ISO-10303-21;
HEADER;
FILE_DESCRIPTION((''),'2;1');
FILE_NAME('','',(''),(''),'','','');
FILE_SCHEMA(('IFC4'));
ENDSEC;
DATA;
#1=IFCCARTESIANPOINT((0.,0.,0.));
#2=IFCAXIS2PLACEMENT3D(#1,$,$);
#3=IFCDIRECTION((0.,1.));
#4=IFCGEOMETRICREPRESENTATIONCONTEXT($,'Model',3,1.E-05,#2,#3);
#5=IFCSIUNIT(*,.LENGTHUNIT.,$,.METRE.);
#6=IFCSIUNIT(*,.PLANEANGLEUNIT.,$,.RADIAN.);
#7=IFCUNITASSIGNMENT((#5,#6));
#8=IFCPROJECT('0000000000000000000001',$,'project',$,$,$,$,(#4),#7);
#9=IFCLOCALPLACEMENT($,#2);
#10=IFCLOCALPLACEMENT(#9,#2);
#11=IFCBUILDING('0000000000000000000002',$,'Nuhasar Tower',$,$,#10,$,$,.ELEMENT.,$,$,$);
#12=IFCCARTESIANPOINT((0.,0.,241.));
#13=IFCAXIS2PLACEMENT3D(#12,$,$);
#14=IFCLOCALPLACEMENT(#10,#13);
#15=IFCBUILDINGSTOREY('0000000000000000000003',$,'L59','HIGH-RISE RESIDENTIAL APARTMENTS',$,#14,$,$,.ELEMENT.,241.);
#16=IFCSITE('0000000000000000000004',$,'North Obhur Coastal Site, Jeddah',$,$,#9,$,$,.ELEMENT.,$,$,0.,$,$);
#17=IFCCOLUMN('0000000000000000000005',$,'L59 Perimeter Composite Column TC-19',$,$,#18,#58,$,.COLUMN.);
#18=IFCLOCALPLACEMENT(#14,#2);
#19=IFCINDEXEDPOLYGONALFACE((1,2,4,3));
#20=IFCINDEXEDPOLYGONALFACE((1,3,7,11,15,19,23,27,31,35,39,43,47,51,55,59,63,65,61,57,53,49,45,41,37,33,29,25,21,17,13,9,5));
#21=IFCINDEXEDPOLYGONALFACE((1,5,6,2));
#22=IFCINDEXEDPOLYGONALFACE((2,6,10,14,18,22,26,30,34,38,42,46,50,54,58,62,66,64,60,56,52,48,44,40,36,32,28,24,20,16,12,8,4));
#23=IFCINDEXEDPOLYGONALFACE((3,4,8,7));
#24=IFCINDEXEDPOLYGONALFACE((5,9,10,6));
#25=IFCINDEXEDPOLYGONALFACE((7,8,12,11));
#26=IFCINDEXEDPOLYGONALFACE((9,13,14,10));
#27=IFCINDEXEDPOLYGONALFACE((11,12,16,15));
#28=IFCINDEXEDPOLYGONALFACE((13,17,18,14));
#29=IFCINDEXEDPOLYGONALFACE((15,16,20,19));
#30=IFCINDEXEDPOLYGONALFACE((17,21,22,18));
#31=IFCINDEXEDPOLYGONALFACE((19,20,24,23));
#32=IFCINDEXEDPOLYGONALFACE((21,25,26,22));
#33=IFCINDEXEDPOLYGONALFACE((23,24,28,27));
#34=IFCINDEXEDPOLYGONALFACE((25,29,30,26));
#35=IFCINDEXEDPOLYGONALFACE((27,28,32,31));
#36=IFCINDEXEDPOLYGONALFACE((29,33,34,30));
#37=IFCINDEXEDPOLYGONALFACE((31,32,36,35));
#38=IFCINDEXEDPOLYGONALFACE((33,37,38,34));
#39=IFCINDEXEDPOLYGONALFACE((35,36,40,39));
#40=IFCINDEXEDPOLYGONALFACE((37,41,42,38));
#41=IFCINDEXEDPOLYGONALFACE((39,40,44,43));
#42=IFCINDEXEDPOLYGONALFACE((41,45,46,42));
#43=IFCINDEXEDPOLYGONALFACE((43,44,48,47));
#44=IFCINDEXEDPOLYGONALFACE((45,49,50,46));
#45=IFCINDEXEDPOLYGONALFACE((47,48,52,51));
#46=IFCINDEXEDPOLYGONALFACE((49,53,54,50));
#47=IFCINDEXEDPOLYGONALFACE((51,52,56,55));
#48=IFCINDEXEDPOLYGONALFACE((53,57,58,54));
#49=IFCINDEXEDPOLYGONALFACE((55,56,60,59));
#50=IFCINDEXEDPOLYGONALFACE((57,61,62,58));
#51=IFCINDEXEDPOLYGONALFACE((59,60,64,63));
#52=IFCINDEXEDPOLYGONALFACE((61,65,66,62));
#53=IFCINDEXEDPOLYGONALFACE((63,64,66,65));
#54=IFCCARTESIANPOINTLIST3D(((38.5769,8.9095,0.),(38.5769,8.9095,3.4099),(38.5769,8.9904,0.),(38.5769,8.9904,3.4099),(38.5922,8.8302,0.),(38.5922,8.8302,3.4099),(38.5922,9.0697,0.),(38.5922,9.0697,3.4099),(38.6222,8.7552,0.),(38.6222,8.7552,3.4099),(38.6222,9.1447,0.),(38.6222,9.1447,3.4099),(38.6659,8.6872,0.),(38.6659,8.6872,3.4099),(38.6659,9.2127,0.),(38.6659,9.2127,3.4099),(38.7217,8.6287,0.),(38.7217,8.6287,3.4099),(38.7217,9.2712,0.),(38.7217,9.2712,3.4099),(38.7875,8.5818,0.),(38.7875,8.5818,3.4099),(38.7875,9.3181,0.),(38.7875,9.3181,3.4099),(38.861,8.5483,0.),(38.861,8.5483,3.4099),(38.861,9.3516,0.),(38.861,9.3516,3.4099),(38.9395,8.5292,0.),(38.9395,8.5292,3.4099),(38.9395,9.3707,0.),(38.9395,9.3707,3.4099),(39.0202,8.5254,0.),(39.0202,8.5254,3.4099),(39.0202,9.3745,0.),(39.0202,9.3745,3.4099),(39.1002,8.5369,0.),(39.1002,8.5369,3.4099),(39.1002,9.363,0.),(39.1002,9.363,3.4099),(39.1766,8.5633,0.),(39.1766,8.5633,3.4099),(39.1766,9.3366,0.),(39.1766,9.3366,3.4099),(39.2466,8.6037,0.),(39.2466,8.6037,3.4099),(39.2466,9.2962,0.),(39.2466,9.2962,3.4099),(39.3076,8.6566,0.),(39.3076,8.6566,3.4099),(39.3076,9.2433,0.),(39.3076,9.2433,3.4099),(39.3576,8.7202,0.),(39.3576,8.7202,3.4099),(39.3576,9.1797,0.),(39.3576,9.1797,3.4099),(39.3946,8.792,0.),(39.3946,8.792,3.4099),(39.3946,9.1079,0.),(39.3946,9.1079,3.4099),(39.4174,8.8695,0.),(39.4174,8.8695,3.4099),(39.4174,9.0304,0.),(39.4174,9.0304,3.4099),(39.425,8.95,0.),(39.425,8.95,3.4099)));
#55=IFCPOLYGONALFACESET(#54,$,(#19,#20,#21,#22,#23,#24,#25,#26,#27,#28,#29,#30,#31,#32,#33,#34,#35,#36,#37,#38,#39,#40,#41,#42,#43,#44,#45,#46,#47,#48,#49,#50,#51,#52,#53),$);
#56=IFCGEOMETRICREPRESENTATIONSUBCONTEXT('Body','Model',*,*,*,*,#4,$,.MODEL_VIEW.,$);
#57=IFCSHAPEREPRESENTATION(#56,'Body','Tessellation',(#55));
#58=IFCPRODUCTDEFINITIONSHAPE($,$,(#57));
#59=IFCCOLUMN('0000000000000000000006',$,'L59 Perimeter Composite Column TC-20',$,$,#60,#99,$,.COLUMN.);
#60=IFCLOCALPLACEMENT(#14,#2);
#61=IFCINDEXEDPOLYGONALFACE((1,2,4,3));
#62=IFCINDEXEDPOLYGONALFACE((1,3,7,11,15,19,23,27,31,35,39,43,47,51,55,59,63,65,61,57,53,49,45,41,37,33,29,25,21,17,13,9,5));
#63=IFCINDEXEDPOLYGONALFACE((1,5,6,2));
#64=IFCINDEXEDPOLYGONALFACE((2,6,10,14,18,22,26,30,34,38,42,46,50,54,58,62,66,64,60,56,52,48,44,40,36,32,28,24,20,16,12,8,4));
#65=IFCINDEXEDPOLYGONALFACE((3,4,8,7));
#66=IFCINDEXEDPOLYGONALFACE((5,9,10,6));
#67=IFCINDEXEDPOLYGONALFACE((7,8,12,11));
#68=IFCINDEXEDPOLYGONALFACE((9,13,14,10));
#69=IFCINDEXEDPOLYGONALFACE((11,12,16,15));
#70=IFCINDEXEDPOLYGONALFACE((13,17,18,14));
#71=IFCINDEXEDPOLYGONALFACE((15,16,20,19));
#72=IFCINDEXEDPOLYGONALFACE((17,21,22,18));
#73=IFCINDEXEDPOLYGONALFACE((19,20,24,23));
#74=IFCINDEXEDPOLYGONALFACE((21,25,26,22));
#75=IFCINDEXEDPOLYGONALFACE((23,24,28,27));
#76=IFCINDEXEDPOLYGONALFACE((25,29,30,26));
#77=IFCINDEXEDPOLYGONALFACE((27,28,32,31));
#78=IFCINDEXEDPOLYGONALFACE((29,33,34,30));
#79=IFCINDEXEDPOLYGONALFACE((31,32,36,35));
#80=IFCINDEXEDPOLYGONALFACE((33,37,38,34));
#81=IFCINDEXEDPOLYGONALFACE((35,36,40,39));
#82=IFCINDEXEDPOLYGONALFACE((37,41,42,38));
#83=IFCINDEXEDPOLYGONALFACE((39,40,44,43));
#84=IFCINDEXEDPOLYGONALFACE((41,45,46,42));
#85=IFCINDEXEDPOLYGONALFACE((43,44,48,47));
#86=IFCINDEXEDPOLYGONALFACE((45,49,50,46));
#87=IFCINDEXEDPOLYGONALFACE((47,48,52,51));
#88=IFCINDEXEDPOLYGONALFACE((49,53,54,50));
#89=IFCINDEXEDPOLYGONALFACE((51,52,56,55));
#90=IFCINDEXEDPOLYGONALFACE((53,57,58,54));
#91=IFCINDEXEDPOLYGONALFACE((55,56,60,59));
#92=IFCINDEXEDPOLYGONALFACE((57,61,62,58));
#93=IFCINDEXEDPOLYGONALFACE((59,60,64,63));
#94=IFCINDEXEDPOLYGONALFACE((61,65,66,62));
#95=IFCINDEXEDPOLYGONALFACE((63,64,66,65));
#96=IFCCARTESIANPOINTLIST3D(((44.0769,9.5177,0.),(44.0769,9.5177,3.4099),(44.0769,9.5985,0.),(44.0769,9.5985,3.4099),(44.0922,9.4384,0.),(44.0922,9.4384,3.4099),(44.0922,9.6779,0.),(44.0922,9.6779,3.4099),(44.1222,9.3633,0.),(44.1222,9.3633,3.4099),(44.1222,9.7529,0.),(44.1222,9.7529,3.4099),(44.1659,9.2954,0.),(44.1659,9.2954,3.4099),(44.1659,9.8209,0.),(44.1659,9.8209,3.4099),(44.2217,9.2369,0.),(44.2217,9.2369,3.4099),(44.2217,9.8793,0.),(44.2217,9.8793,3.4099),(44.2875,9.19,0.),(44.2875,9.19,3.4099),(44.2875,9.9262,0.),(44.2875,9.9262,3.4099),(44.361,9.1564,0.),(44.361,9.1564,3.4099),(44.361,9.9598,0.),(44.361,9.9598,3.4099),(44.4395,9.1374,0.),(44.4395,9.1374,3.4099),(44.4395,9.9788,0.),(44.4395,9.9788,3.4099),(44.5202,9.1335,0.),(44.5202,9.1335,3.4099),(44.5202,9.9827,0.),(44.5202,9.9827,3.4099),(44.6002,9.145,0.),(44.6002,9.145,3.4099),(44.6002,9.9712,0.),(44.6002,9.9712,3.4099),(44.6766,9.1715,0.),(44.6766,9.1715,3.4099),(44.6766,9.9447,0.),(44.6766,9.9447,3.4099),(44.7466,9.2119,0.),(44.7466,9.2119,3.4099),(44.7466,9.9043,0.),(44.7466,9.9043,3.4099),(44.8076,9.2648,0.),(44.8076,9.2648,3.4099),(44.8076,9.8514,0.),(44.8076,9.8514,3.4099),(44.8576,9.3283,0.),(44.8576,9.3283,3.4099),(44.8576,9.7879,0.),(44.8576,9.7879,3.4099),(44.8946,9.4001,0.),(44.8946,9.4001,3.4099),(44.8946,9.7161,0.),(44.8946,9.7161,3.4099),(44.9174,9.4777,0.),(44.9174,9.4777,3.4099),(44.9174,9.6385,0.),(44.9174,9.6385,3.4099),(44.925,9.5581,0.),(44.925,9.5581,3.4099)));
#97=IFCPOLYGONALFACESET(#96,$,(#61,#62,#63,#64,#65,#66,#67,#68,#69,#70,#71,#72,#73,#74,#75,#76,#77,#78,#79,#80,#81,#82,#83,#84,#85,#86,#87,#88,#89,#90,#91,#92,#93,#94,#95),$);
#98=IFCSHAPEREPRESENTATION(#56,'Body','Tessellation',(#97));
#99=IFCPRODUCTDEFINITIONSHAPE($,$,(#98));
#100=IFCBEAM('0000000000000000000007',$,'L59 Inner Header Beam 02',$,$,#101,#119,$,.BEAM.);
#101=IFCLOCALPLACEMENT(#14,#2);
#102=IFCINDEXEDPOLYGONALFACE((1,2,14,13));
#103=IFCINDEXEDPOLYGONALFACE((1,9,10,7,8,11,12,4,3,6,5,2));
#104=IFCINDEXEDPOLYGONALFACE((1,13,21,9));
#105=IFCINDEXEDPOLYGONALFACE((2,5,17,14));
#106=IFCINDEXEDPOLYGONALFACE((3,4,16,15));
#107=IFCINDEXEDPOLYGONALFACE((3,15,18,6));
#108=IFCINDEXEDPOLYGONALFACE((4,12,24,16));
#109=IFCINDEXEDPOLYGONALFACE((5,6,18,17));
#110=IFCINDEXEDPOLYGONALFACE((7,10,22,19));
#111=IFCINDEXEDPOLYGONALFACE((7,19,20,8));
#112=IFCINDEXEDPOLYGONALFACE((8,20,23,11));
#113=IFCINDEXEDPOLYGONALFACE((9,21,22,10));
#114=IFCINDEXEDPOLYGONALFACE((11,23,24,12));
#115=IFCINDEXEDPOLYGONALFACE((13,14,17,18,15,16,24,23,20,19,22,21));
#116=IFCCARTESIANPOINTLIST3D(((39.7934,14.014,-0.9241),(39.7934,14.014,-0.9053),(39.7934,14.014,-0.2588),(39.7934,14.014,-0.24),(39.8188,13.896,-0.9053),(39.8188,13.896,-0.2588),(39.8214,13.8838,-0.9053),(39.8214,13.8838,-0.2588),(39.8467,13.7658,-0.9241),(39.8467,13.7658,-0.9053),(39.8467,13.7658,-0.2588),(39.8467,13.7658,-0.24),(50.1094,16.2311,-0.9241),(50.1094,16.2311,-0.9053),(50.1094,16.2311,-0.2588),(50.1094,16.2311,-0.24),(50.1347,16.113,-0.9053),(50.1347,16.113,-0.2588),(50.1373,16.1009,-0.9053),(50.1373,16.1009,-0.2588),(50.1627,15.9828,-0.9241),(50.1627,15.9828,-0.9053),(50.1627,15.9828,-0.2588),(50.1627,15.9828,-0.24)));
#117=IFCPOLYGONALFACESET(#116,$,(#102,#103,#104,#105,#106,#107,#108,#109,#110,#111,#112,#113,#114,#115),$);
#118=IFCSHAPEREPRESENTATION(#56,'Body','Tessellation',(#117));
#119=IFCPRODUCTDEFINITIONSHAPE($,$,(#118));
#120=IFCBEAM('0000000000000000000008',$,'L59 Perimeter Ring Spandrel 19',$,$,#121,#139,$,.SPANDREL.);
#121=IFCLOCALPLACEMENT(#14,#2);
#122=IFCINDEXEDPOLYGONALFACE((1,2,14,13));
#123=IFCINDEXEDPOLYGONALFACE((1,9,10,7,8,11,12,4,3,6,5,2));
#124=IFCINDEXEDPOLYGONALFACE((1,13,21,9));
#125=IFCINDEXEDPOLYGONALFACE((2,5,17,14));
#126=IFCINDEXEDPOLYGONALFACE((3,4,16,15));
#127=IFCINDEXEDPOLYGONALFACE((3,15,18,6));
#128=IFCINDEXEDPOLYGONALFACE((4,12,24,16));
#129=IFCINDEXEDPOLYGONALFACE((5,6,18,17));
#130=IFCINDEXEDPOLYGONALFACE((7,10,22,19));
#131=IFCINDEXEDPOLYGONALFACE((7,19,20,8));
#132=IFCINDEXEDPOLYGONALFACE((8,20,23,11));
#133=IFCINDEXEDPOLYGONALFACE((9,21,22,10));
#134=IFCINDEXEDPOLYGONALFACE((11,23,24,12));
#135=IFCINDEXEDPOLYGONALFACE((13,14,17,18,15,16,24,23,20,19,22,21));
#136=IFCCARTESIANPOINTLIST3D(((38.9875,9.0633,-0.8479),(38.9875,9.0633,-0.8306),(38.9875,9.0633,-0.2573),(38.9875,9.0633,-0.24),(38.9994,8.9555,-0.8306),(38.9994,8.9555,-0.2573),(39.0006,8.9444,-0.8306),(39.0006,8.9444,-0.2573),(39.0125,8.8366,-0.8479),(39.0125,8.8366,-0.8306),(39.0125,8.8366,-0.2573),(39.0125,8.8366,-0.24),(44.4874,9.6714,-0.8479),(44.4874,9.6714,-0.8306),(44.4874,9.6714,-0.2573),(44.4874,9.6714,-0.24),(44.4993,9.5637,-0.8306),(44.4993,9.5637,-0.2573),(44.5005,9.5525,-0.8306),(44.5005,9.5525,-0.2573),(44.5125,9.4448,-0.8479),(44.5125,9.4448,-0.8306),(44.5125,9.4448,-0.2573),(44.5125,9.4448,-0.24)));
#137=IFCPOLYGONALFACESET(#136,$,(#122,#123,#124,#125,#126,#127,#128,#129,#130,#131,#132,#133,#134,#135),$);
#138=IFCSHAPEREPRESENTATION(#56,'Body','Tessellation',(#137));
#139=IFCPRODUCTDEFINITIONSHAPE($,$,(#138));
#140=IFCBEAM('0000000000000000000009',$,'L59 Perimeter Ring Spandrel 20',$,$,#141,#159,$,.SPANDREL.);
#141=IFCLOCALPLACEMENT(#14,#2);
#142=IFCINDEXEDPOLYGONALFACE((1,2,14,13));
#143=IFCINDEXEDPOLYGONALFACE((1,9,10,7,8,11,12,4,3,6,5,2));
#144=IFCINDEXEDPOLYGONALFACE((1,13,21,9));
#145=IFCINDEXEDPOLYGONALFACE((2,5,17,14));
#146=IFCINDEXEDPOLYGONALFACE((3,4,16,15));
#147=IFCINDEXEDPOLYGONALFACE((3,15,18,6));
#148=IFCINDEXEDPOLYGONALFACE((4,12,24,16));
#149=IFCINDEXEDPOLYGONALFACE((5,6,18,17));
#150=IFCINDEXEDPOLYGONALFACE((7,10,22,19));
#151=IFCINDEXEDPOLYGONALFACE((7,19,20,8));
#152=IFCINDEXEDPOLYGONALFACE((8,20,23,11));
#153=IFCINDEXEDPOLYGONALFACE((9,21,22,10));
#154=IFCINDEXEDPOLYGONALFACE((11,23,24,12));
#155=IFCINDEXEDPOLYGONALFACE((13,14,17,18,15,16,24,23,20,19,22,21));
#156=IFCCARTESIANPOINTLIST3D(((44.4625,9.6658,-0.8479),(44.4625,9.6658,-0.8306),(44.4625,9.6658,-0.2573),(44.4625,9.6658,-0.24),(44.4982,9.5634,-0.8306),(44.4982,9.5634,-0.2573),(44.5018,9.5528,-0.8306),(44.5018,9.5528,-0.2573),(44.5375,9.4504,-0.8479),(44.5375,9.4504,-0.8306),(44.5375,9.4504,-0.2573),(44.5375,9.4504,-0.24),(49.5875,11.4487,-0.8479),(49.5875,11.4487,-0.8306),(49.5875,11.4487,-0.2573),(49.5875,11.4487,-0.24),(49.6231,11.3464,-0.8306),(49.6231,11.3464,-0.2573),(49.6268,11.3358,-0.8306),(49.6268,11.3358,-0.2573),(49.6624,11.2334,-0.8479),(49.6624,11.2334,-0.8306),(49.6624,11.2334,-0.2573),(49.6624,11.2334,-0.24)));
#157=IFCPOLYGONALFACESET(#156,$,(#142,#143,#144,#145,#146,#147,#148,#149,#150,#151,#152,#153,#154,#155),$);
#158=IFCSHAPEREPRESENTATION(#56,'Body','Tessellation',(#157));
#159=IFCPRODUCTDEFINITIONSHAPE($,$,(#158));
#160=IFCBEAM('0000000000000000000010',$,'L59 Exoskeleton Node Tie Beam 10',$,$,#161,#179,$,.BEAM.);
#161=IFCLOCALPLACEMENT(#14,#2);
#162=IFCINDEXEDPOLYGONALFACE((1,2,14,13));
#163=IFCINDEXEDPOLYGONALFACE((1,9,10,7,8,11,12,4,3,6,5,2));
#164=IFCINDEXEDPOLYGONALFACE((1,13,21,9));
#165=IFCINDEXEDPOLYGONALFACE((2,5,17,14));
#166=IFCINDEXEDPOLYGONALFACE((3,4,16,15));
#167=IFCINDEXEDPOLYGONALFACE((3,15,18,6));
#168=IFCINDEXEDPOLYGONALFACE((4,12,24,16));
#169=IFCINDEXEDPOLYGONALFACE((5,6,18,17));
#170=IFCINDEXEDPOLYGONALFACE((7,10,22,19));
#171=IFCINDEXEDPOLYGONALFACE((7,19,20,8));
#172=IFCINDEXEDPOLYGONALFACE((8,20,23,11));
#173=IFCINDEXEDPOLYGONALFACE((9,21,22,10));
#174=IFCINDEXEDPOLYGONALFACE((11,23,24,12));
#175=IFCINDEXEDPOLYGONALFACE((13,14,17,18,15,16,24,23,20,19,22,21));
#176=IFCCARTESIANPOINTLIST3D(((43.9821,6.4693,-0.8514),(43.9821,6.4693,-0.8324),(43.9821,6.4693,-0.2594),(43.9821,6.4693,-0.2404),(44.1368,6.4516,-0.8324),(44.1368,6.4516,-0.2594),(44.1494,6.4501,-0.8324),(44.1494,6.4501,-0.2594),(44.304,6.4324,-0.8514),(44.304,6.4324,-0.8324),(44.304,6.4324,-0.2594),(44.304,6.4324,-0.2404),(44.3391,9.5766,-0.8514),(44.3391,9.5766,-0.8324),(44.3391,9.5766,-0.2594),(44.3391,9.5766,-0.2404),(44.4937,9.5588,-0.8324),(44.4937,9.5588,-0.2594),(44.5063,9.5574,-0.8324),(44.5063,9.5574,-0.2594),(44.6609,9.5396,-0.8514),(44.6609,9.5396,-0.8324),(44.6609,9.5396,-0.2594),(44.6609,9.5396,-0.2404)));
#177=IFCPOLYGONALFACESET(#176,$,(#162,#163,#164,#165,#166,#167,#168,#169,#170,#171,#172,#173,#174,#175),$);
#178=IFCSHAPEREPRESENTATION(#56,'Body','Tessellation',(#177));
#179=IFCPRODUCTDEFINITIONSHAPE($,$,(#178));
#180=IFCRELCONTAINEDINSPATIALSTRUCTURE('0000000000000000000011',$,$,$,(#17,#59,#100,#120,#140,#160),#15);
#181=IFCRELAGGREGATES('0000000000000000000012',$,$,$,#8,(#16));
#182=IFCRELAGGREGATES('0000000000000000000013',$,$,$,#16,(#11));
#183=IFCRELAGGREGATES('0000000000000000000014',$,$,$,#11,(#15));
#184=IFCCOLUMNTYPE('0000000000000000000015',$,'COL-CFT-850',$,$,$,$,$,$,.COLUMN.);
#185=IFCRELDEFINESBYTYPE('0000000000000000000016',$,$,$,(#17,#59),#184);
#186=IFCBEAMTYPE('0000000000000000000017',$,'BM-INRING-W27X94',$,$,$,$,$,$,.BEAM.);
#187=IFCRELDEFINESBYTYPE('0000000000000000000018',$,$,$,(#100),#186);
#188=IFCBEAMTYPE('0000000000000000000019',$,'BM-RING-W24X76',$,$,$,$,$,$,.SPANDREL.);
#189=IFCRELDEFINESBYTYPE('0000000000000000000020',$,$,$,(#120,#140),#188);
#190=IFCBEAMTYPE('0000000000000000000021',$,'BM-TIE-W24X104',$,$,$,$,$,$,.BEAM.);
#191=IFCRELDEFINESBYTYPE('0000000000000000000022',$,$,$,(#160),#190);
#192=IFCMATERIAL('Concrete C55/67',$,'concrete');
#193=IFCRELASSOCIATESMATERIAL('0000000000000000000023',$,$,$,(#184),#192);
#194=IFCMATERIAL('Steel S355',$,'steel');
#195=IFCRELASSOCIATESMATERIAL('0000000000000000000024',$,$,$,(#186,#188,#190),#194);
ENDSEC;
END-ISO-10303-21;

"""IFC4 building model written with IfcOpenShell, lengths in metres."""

from ifc_helpers import new_model, si_unit, direction, frame, origin, origin_2d, place, context, subcontext, project, spatial, circle, i_section, extrude, material, material_profile, profile_set, type_object, element, save


model = new_model("IFC4")

# Units and contexts
model_context = context("Model", 3, precision=1e-05, world=origin(), true_north=direction((0.0, 1.0)))
body_context = subcontext(model_context, "Body", "Model", "MODEL_VIEW")
ifc_project = project(units=[si_unit("LENGTHUNIT", "METRE"), si_unit("PLANEANGLEUNIT", "RADIAN")], contexts=[model_context])

# Site, building, storey
site_placement = place(None, origin())
site = spatial("IfcSite", under=ifc_project, at=site_placement, Name="North Obhur Coastal Site, Jeddah", CompositionType="ELEMENT", RefElevation=0.0)
building_placement = place(site_placement, origin())
building = spatial("IfcBuilding", under=site, at=building_placement, Name="Nuhasar Tower", CompositionType="ELEMENT")
storey_placement = place(building_placement, frame((0.0, 0.0, 241.0)))
storey = spatial("IfcBuildingStorey", under=building, at=storey_placement, Name="L59", Description="HIGH-RISE RESIDENTIAL APARTMENTS", CompositionType="ELEMENT", Elevation=241.0)

# Columns
ifc_material_1 = material(Name="Concrete C55/67", Category="concrete")
ifc_material_profile_1 = material_profile(ifc_material_1, circle(Radius=0.425, at=origin_2d()), Name="CFT850")
ifc_profile_set_1 = profile_set([ifc_material_profile_1], Name="Concrete C55/67")
column_type = type_object("IfcColumnType", Name="COL-CFT-850", PredefinedType="COLUMN", material=ifc_profile_set_1)
for number, where, z_axis, x_axis, name in (
    (1, (39.0, 8.95, 0.0), (0.0, 0.0, 1.0), (1.0, 0.0, 0.0), "L59 Perimeter Composite Column TC-19"),
    (2, (44.5, 9.5581, 0.0), (0.0, 0.0, 1.0), (1.0, 0.0, 0.0), "L59 Perimeter Composite Column TC-20"),
):
    element("IfcColumn", number, at=place(storey_placement, frame(where, z_axis=z_axis, x_axis=x_axis)), inside=storey, type_object=column_type, Name=name, PredefinedType="COLUMN", context=body_context, shape_type="SweptSolid", body=[
        extrude(circle(Radius=0.425, at=origin_2d()), origin(), (0.0, 0.0, 1.0), 3.4099),
    ])

# Beams
ifc_material_2 = material(Name="Steel S355", Category="steel")
ifc_material_profile_2 = material_profile(ifc_material_2, i_section(OverallWidth=0.2539, OverallDepth=0.6841, WebThickness=0.0125, FlangeThickness=0.0188, at=origin_2d()), Name="W27X94")
ifc_profile_set_2 = profile_set([ifc_material_profile_2], Name="Steel S355")
beam_type_1 = type_object("IfcBeamType", Name="BM-INRING-W27X94", PredefinedType="BEAM", material=ifc_profile_set_2)
beam_1_placement = place(storey_placement, frame((39.8201, 13.8899, -0.582), z_axis=(0.977676, 0.210117, 0.0), x_axis=(-0.210117, 0.977676, 0.0)))
element("IfcBeam", 3, at=beam_1_placement, inside=storey, type_object=beam_type_1, Name="L59 Inner Header Beam 02", PredefinedType="BEAM", context=body_context, shape_type="SweptSolid", body=[
    extrude(i_section(OverallWidth=0.2539, OverallDepth=0.6841, WebThickness=0.0125, FlangeThickness=0.0188, at=origin_2d()), origin(), (0.0, 0.0, 1.0), 10.5515),
])
ifc_material_profile_3 = material_profile(ifc_material_2, i_section(OverallWidth=0.228, OverallDepth=0.6079, WebThickness=0.0112, FlangeThickness=0.0173, at=origin_2d()), Name="W24X76")
ifc_profile_set_3 = profile_set([ifc_material_profile_3], Name="Steel S355")
beam_type_2 = type_object("IfcBeamType", Name="BM-RING-W24X76", PredefinedType="SPANDREL", material=ifc_profile_set_3)
beam_2_placement = place(storey_placement, frame((39.0, 8.95, -0.5439), z_axis=(0.993942, 0.109904, 0.0), x_axis=(-0.109904, 0.993942, 0.0)))
element("IfcBeam", 4, at=beam_2_placement, inside=storey, type_object=beam_type_2, Name="L59 Perimeter Ring Spandrel 19", PredefinedType="SPANDREL", context=body_context, shape_type="SweptSolid", body=[
    extrude(i_section(OverallWidth=0.228, OverallDepth=0.6079, WebThickness=0.0112, FlangeThickness=0.0173, at=origin_2d()), origin(), (0.0, 0.0, 1.0), 5.5334),
])
beam_3_placement = place(storey_placement, frame((44.5, 9.5581, -0.5439), z_axis=(0.944477, 0.328578, 0.0), x_axis=(-0.328578, 0.944477, 0.0)))
element("IfcBeam", 5, at=beam_3_placement, inside=storey, type_object=beam_type_2, Name="L59 Perimeter Ring Spandrel 20", PredefinedType="SPANDREL", context=body_context, shape_type="SweptSolid", body=[
    extrude(i_section(OverallWidth=0.228, OverallDepth=0.6079, WebThickness=0.0112, FlangeThickness=0.0173, at=origin_2d()), origin(), (0.0, 0.0, 1.0), 5.4263),
])
ifc_material_profile_4 = material_profile(ifc_material_2, i_section(OverallWidth=0.324, OverallDepth=0.6111, WebThickness=0.0127, FlangeThickness=0.019, at=origin_2d()), Name="W24X104")
ifc_profile_set_4 = profile_set([ifc_material_profile_4], Name="Steel S355")
beam_type_3 = type_object("IfcBeamType", Name="BM-TIE-W24X104", PredefinedType="BEAM", material=ifc_profile_set_4)
beam_4_placement = place(storey_placement, frame((44.5, 9.5581, -0.5459), z_axis=(-0.114123, -0.993467, 0.0), x_axis=(0.993467, -0.114123, 0.0)))
element("IfcBeam", 6, at=beam_4_placement, inside=storey, type_object=beam_type_3, Name="L59 Exoskeleton Node Tie Beam 10", PredefinedType="BEAM", context=body_context, shape_type="SweptSolid", body=[
    extrude(i_section(OverallWidth=0.324, OverallDepth=0.6111, WebThickness=0.0127, FlangeThickness=0.019, at=origin_2d()), origin(), (0.0, 0.0, 1.0), 3.1277),
])

save(model, "model.ifc")
